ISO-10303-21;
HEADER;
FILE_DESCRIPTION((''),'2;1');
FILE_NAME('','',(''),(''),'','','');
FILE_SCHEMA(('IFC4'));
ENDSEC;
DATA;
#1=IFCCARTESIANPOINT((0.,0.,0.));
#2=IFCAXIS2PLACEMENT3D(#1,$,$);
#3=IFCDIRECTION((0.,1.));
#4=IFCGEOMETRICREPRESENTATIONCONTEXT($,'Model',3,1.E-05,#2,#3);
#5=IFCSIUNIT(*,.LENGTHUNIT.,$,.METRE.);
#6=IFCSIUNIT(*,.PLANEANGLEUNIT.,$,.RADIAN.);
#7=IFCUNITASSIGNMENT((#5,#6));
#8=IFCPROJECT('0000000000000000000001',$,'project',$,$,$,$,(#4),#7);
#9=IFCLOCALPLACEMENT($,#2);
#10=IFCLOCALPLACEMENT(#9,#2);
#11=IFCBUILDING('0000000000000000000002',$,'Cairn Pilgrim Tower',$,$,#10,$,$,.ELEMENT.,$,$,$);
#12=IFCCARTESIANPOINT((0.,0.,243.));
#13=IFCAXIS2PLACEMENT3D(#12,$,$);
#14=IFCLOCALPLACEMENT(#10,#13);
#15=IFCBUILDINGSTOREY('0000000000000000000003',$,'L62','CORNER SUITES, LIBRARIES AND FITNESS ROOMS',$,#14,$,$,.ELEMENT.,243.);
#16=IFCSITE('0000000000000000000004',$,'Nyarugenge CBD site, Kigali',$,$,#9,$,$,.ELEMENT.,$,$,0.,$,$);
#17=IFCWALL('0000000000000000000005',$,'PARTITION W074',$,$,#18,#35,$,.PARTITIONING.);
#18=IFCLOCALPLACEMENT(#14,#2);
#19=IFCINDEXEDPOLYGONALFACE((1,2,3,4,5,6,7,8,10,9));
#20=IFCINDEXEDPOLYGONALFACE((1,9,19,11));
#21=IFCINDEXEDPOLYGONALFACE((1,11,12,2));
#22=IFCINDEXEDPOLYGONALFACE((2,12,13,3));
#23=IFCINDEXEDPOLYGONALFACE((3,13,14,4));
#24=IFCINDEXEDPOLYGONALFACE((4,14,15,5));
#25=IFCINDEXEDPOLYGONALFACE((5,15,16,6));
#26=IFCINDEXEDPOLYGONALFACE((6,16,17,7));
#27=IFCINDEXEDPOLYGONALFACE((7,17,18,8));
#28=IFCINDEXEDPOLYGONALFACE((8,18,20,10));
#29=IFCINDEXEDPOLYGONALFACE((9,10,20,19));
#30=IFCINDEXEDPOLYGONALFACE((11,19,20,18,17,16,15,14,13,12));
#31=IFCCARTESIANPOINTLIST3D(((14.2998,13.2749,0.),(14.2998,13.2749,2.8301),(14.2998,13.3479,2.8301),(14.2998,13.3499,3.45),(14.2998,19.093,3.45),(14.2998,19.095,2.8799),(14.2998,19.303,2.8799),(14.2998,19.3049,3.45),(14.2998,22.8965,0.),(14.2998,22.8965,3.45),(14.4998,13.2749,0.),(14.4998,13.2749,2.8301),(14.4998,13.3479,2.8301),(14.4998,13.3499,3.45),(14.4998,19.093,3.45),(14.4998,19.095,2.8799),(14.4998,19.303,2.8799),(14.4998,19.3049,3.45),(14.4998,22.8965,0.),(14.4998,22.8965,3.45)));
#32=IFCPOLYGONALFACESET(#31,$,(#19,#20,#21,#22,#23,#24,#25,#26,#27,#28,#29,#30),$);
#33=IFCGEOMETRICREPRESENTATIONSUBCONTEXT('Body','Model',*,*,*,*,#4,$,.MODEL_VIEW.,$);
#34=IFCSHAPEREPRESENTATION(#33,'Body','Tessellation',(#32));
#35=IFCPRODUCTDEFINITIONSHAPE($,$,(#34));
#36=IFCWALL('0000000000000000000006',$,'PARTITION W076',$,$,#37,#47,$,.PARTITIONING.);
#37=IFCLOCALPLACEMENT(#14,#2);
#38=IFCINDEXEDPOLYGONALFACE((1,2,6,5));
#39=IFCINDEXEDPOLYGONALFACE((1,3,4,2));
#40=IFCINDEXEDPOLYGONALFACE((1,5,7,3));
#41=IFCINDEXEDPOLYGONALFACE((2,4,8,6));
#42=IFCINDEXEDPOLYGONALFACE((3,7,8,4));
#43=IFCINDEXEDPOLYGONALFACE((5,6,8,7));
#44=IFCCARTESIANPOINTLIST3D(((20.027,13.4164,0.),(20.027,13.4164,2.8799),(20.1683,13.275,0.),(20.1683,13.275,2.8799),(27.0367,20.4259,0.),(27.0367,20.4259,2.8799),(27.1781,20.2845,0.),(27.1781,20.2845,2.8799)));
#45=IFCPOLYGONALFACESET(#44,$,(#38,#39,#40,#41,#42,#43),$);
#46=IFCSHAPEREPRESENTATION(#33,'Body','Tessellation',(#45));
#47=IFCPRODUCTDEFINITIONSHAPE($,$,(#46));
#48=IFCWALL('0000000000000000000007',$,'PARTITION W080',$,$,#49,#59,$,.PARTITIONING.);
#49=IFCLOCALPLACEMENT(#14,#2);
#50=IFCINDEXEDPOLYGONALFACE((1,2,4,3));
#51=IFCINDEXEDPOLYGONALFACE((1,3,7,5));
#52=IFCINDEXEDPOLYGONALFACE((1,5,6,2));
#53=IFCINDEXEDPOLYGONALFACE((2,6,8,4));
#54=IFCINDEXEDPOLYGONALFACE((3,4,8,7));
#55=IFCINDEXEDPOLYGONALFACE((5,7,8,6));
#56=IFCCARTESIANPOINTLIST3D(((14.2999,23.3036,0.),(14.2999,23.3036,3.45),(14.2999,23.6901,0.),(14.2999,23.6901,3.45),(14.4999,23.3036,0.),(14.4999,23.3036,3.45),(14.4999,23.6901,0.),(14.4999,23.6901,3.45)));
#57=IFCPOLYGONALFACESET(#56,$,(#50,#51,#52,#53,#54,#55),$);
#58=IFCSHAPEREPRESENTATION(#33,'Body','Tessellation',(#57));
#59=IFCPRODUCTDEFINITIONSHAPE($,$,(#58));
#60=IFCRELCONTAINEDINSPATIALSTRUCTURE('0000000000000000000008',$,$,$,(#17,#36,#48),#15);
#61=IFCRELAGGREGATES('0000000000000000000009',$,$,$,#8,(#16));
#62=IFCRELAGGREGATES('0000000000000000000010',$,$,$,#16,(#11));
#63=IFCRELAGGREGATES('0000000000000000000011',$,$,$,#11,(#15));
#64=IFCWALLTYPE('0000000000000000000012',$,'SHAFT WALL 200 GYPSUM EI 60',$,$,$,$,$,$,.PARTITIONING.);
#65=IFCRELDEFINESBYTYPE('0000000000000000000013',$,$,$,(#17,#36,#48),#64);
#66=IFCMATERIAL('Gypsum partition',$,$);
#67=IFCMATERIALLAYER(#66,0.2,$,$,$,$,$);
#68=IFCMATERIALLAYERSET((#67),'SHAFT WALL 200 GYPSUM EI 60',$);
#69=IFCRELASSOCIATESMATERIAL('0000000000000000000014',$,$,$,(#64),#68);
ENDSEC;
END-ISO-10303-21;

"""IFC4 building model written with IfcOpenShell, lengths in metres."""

from ifc_helpers import new_model, si_unit, direction, frame, frame_2d, origin, place, context, subcontext, project, spatial, polyline, rectangle, outline, extrude, material, layer, layer_set, type_object, element, save


model = new_model("IFC4")

# Units and contexts
model_context = context("Model", 3, precision=1e-05, world=origin(), true_north=direction((0.0, 1.0)))
body_context = subcontext(model_context, "Body", "Model", "MODEL_VIEW")
ifc_project = project(units=[si_unit("LENGTHUNIT", "METRE"), si_unit("PLANEANGLEUNIT", "RADIAN")], contexts=[model_context])

# Site, building, storey
site_placement = place(None, origin())
site = spatial("IfcSite", under=ifc_project, at=site_placement, Name="Nyarugenge CBD site, Kigali", CompositionType="ELEMENT", RefElevation=0.0)
building_placement = place(site_placement, origin())
building = spatial("IfcBuilding", under=site, at=building_placement, Name="Cairn Pilgrim Tower", CompositionType="ELEMENT")
storey_placement = place(building_placement, frame((0.0, 0.0, 243.0)))
storey = spatial("IfcBuildingStorey", under=building, at=storey_placement, Name="L62", Description="CORNER SUITES, LIBRARIES AND FITNESS ROOMS", CompositionType="ELEMENT", Elevation=243.0)

# Shared definitions
ifc_material_1 = material(Name="Gypsum partition")

# Walls
ifc_layer_1 = layer(ifc_material_1, 0.2)
ifc_layer_set_1 = layer_set([ifc_layer_1], Name="SHAFT WALL 200 GYPSUM EI 60")
wall_type_1 = type_object("IfcWallType", Name="SHAFT WALL 200 GYPSUM EI 60", PredefinedType="PARTITIONING", material=ifc_layer_set_1)
wall_1_placement = place(storey_placement, frame((14.3999, 13.2749, 0.0), z_axis=(0.0, 0.0, 1.0), x_axis=(0.0, 1.0, 0.0)))
element("IfcWall", 1, at=wall_1_placement, inside=storey, type_object=wall_type_1, Name="PARTITION W074", PredefinedType="PARTITIONING", context=body_context, shape_type="SweptSolid", body=[
    extrude(outline(polyline([(0.0, 0.0), (9.6216, 0.0), (9.6216, 3.45), (6.03, 3.45), (6.0281, 2.8799), (5.8201, 2.8799), (5.8181, 3.45), (0.075, 3.45), (0.073, 2.8301), (0.0, 2.8301), (0.0, 0.0)])), frame((0.0, 0.1001, 0.0), z_axis=(0.0, -1.0, 0.0), x_axis=(1.0, 0.0, 0.0)), (0.0, 0.0, 1.0), 0.2),
])
wall_2_placement = place(storey_placement, frame((20.0977, 13.3457, 0.0), z_axis=(0.0, 0.0, 1.0), x_axis=(0.707119, 0.707094, 0.0)))
element("IfcWall", 2, at=wall_2_placement, inside=storey, type_object=wall_type_1, Name="PARTITION W076", PredefinedType="PARTITIONING", context=body_context, shape_type="SweptSolid", body=[
    extrude(rectangle(XDim=9.9131, YDim=0.2, at=frame_2d((4.9565, 0.0))), origin(), (0.0, 0.0, 1.0), 2.8799),
])
wall_3_placement = place(storey_placement, frame((14.3999, 23.3035, 0.0), z_axis=(0.0, 0.0, 1.0), x_axis=(0.0, 1.0, 0.0)))
element("IfcWall", 3, at=wall_3_placement, inside=storey, type_object=wall_type_1, Name="PARTITION W080", PredefinedType="PARTITIONING", context=body_context, shape_type="SweptSolid", body=[
    extrude(rectangle(XDim=0.3865, YDim=0.2, at=frame_2d((0.1934, 0.0))), origin(), (0.0, 0.0, 1.0), 3.45),
])

save(model, "model.ifc")
